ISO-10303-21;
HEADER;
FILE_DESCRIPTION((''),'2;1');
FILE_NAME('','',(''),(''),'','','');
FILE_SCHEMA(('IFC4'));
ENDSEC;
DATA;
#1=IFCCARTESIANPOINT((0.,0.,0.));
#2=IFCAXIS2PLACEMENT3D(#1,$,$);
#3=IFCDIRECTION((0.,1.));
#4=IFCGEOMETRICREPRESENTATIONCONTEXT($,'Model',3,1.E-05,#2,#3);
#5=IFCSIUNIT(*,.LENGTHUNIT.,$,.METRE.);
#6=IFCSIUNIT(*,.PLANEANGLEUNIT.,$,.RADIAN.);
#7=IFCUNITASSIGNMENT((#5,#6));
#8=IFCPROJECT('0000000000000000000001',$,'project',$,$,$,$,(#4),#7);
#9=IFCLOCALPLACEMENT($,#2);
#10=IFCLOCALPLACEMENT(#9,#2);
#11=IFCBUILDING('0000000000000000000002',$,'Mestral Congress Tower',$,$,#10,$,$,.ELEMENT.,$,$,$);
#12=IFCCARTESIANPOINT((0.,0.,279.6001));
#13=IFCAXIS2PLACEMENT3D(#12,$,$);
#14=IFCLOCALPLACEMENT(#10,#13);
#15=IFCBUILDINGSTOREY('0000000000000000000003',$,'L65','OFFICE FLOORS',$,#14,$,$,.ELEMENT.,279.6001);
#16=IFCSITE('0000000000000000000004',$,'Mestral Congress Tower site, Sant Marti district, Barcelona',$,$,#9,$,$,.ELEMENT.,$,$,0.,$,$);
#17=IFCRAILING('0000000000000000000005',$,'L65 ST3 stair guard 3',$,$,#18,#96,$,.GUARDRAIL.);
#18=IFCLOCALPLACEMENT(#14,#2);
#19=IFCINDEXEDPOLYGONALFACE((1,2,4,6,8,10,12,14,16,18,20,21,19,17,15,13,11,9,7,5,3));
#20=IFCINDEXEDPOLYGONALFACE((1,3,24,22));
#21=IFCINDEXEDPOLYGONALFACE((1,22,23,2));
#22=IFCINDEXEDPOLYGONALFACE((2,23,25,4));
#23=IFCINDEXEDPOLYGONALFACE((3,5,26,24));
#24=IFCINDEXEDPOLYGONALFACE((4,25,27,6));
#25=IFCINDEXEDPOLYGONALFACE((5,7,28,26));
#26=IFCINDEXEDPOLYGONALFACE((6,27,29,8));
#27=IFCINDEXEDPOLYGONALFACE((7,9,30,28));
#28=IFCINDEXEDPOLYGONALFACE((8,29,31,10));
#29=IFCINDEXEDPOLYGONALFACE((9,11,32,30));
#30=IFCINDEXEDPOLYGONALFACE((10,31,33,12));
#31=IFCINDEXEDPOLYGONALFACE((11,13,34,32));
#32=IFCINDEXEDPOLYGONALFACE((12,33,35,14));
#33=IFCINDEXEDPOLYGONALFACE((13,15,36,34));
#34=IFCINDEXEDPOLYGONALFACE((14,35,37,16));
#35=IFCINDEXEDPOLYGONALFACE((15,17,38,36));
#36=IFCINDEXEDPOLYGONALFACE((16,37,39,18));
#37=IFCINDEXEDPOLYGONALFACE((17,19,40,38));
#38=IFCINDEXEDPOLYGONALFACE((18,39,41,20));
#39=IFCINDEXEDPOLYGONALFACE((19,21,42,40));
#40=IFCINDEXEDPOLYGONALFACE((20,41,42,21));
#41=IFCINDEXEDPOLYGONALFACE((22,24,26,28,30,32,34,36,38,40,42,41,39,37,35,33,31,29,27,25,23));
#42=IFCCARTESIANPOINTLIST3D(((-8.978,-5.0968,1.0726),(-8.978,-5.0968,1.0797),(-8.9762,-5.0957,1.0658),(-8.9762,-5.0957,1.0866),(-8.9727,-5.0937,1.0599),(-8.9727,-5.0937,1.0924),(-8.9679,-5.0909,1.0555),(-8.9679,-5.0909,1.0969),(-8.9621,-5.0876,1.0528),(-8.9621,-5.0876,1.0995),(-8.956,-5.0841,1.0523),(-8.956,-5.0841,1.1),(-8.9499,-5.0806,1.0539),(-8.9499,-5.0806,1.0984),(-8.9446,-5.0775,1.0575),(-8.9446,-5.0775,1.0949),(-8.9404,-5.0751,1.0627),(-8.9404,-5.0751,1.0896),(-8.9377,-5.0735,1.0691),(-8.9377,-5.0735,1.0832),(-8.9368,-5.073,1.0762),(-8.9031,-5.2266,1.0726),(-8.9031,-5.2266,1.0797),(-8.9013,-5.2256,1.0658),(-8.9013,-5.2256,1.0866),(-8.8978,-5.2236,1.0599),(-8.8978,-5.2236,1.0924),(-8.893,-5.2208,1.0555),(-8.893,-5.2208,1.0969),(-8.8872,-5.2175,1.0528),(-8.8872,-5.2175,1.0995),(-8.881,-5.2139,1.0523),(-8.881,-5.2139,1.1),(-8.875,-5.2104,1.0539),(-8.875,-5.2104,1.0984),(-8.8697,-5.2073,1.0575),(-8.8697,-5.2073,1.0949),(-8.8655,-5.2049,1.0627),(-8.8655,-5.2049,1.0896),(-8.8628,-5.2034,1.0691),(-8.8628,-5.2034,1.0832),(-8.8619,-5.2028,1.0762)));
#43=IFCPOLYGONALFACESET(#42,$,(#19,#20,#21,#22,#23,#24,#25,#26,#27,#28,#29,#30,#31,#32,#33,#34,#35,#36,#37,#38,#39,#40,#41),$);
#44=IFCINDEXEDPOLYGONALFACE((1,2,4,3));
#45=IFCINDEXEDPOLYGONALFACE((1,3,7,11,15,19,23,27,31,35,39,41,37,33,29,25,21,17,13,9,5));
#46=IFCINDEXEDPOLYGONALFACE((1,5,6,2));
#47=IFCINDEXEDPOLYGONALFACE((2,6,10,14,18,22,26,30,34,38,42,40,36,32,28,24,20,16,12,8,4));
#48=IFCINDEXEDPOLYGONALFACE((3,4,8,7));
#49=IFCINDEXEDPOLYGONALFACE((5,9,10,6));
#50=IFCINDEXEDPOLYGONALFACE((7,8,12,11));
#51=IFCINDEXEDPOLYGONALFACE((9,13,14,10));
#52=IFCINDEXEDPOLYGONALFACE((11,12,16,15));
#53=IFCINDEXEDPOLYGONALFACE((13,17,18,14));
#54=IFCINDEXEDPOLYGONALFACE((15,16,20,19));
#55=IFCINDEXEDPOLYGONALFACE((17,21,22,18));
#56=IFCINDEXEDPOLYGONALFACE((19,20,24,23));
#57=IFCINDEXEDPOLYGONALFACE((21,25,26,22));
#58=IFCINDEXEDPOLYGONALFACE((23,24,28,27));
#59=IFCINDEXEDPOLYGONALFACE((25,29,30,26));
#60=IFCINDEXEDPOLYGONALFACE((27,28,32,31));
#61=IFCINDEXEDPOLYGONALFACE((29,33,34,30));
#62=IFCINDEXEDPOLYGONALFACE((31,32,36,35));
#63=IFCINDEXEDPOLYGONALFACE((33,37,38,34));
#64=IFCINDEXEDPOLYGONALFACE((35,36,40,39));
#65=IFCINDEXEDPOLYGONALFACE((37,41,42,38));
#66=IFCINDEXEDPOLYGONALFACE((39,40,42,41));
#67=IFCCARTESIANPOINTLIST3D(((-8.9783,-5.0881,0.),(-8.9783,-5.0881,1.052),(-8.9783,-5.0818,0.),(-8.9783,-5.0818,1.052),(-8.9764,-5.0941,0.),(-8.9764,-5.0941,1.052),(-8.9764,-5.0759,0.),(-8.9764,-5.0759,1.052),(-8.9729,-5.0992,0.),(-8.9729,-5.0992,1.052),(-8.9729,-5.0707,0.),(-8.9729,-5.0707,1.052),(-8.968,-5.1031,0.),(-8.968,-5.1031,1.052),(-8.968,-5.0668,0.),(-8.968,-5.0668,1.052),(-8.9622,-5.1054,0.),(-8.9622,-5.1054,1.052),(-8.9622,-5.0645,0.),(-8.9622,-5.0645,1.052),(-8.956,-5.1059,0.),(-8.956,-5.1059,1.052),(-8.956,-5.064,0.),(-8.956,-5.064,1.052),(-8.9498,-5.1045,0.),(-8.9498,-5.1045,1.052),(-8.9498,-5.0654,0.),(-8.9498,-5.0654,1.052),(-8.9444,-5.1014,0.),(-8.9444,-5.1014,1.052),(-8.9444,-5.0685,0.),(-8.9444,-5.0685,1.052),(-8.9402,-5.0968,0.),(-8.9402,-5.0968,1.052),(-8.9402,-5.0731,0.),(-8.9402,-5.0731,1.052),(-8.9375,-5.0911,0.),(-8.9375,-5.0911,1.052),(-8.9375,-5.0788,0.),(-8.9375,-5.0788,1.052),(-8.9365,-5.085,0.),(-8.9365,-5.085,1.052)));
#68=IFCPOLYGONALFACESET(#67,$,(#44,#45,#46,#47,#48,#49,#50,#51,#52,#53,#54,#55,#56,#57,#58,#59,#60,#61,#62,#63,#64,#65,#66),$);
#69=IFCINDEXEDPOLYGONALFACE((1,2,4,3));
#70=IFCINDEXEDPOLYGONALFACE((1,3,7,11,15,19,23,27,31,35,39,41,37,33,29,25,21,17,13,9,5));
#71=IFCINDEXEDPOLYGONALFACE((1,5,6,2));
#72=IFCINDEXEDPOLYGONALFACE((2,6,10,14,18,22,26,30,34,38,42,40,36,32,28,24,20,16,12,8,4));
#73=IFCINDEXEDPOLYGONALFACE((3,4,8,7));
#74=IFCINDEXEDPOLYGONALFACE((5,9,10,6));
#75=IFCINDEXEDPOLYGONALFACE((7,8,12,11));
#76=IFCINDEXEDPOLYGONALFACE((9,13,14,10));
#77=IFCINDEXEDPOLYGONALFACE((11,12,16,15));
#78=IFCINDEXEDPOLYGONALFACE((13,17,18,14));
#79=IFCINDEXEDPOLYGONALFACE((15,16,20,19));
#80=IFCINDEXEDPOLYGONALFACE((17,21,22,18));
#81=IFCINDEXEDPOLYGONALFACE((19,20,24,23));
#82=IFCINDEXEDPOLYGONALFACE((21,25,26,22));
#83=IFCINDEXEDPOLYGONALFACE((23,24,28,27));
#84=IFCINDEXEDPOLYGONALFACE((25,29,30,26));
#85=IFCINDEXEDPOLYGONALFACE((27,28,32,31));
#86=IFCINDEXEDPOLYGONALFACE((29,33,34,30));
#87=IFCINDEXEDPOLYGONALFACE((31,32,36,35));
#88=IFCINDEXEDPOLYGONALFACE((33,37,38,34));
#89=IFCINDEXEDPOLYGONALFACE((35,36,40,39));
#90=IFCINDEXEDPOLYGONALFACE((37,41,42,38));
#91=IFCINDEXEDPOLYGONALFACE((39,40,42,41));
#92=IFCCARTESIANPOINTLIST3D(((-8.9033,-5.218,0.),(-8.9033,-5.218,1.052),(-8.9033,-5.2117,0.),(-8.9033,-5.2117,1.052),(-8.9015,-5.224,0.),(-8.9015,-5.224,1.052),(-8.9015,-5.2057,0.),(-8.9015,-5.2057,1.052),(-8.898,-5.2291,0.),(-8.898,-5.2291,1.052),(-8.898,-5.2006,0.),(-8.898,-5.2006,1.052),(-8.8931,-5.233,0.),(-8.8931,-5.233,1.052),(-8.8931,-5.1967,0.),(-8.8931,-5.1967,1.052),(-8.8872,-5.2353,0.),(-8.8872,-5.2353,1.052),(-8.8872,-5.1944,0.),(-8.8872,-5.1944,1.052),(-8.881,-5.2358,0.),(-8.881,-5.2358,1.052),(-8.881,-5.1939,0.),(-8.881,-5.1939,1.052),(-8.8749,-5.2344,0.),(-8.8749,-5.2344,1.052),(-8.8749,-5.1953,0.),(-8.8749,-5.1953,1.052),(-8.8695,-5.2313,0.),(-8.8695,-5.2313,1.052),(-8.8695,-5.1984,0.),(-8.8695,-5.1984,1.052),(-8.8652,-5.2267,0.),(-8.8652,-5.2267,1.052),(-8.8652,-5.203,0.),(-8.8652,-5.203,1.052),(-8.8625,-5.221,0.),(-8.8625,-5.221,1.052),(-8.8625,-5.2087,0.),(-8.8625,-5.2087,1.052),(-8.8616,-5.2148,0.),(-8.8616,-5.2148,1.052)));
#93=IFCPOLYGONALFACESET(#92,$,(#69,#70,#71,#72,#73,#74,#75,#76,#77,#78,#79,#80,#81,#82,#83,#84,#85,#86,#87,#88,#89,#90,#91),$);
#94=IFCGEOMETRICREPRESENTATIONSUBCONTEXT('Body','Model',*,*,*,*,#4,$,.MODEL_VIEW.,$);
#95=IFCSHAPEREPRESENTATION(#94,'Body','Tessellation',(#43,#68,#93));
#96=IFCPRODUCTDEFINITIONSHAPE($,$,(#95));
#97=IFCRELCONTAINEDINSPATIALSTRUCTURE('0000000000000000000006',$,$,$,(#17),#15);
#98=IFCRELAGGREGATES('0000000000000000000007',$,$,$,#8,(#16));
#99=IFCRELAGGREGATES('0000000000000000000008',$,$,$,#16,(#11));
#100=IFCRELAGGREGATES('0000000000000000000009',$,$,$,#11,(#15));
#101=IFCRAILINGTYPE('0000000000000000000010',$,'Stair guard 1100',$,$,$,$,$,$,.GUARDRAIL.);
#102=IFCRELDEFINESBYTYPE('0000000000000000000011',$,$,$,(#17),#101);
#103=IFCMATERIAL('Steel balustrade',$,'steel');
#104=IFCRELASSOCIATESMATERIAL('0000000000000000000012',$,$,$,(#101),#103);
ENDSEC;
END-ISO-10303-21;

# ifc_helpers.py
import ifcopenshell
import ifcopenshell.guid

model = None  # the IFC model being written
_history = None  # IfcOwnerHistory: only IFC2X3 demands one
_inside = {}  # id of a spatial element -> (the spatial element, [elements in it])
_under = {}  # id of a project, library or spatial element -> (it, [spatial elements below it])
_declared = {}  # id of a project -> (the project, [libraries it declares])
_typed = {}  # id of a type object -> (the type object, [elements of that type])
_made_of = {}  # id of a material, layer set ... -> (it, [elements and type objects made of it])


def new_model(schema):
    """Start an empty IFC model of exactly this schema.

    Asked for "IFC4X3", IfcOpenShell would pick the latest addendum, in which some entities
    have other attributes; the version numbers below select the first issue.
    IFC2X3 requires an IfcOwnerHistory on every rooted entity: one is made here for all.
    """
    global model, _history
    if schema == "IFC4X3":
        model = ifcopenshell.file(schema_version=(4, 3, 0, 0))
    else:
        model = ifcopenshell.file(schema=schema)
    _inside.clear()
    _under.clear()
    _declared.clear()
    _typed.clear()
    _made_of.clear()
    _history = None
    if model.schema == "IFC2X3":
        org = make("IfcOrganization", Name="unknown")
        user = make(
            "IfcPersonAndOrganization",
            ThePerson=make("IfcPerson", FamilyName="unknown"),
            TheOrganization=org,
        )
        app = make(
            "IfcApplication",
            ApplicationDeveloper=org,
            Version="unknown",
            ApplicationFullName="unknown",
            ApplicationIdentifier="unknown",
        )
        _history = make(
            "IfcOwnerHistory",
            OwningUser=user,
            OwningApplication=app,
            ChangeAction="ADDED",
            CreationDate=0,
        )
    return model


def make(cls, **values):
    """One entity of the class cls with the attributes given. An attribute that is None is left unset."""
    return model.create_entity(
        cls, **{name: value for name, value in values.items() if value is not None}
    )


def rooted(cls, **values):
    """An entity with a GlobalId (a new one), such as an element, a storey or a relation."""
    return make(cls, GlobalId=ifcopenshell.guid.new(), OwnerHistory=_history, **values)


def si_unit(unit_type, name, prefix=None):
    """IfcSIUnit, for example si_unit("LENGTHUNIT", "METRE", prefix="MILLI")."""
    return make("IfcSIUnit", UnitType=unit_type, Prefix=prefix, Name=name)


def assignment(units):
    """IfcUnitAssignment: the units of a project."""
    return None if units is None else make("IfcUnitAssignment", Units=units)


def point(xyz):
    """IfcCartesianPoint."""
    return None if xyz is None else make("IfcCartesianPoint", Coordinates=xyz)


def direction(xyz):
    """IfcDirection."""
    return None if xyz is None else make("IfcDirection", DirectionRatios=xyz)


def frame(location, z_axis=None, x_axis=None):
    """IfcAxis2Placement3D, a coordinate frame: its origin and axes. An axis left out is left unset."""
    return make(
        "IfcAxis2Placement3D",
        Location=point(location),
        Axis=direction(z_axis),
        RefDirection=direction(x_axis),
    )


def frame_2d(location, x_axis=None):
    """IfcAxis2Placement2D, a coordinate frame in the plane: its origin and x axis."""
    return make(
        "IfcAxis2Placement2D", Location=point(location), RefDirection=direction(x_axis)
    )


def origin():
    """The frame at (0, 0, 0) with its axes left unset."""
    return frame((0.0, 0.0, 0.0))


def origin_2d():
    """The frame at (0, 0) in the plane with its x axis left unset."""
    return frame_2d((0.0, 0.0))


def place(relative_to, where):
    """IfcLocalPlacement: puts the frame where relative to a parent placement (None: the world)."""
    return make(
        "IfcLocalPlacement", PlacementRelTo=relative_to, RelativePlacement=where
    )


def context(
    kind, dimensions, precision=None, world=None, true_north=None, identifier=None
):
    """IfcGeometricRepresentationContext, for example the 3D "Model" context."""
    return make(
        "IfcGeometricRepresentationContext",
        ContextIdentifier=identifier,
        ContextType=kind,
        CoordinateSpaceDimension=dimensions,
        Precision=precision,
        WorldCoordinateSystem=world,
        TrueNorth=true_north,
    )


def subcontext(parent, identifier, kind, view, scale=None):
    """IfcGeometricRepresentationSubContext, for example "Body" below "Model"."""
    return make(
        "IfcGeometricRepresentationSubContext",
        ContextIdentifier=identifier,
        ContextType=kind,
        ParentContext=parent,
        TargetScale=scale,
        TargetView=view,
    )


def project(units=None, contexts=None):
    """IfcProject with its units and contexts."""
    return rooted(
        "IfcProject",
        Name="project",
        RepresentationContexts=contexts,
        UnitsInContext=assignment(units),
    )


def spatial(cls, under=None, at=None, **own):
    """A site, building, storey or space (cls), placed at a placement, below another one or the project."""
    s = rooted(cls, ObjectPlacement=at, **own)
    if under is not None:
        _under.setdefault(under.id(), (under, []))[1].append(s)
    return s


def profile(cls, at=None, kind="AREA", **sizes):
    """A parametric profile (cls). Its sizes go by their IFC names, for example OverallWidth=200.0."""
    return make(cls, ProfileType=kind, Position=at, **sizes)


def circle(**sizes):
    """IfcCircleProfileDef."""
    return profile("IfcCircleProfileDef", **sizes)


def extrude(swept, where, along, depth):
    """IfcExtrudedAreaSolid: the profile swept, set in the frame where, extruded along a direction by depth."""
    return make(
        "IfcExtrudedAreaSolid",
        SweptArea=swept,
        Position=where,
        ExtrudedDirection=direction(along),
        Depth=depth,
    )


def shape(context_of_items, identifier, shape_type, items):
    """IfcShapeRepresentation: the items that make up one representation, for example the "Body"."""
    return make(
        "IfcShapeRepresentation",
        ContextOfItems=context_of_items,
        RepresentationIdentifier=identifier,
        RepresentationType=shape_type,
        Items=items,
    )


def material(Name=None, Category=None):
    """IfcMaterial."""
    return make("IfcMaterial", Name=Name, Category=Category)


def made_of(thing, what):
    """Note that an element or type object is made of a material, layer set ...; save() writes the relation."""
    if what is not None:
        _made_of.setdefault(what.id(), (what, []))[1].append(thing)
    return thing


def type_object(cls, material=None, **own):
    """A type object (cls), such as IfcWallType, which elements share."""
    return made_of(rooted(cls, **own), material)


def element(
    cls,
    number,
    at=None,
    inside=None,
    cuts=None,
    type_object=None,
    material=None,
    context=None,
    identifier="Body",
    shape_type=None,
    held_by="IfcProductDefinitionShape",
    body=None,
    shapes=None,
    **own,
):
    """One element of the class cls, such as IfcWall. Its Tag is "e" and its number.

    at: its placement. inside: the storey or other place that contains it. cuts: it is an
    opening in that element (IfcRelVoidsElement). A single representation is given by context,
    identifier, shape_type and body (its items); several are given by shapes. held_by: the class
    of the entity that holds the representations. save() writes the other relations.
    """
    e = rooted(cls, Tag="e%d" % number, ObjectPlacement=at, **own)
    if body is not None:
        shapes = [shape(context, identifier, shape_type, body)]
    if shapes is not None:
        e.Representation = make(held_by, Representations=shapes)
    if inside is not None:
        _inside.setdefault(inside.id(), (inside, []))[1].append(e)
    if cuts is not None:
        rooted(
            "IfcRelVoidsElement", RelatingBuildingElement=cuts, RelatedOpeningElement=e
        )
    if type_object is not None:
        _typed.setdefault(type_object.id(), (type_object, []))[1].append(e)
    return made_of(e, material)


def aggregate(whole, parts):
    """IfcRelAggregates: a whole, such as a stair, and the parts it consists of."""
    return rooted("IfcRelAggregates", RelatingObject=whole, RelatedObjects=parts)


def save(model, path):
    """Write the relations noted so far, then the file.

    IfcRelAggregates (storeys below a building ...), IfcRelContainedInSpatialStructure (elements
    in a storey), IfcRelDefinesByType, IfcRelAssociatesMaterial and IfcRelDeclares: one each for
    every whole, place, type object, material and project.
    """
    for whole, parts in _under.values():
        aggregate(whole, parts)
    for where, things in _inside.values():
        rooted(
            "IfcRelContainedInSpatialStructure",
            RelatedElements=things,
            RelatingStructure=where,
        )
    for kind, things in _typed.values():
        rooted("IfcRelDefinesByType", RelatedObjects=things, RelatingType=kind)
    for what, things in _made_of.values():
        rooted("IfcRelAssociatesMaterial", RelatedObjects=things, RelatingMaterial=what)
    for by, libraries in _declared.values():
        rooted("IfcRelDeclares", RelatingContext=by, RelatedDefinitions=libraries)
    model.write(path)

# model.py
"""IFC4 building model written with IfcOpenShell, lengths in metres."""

from ifc_helpers import new_model, si_unit, direction, frame, origin, origin_2d, place, context, subcontext, project, spatial, circle, extrude, material, type_object, element, save


model = new_model("IFC4")

# Units and contexts
model_context = context("Model", 3, precision=1e-05, world=origin(), true_north=direction((0.0, 1.0)))
body_context = subcontext(model_context, "Body", "Model", "MODEL_VIEW")
ifc_project = project(units=[si_unit("LENGTHUNIT", "METRE"), si_unit("PLANEANGLEUNIT", "RADIAN")], contexts=[model_context])

# Site, building, storey
site_placement = place(None, origin())
site = spatial("IfcSite", under=ifc_project, at=site_placement, Name="Mestral Congress Tower site, Sant Marti district, Barcelona", CompositionType="ELEMENT", RefElevation=0.0)
building_placement = place(site_placement, origin())
building = spatial("IfcBuilding", under=site, at=building_placement, Name="Mestral Congress Tower", CompositionType="ELEMENT")
storey_placement = place(building_placement, frame((0.0, 0.0, 279.6001)))
storey = spatial("IfcBuildingStorey", under=building, at=storey_placement, Name="L65", Description="OFFICE FLOORS", CompositionType="ELEMENT", Elevation=279.6001)

# Railing
ifc_material_1 = material(Name="Steel balustrade", Category="steel")
railing_type_1 = type_object("IfcRailingType", Name="Stair guard 1100", PredefinedType="GUARDRAIL", material=ifc_material_1)
railing_1_placement = place(storey_placement, frame((-8.9575, -5.085, 0.0)))
element("IfcRailing", 1, at=railing_1_placement, inside=storey, type_object=railing_type_1, Name="L65 ST3 stair guard 3", PredefinedType="GUARDRAIL", context=body_context, shape_type="SweptSolid", body=[
    extrude(circle(Radius=0.0239, at=origin_2d()), frame((0.0, 0.0, 1.0762), z_axis=(0.499816, -0.866131, 0.0), x_axis=(0.866131, 0.499816, 0.0)), (0.0, 0.0, 1.0), 0.1499),
    extrude(circle(Radius=0.021, at=origin_2d()), origin(), (0.0, 0.0, 1.0), 1.052),
    extrude(circle(Radius=0.021, at=origin_2d()), frame((0.075, -0.1299, 0.0)), (0.0, 0.0, 1.0), 1.052),
])

save(model, "model.ifc")
